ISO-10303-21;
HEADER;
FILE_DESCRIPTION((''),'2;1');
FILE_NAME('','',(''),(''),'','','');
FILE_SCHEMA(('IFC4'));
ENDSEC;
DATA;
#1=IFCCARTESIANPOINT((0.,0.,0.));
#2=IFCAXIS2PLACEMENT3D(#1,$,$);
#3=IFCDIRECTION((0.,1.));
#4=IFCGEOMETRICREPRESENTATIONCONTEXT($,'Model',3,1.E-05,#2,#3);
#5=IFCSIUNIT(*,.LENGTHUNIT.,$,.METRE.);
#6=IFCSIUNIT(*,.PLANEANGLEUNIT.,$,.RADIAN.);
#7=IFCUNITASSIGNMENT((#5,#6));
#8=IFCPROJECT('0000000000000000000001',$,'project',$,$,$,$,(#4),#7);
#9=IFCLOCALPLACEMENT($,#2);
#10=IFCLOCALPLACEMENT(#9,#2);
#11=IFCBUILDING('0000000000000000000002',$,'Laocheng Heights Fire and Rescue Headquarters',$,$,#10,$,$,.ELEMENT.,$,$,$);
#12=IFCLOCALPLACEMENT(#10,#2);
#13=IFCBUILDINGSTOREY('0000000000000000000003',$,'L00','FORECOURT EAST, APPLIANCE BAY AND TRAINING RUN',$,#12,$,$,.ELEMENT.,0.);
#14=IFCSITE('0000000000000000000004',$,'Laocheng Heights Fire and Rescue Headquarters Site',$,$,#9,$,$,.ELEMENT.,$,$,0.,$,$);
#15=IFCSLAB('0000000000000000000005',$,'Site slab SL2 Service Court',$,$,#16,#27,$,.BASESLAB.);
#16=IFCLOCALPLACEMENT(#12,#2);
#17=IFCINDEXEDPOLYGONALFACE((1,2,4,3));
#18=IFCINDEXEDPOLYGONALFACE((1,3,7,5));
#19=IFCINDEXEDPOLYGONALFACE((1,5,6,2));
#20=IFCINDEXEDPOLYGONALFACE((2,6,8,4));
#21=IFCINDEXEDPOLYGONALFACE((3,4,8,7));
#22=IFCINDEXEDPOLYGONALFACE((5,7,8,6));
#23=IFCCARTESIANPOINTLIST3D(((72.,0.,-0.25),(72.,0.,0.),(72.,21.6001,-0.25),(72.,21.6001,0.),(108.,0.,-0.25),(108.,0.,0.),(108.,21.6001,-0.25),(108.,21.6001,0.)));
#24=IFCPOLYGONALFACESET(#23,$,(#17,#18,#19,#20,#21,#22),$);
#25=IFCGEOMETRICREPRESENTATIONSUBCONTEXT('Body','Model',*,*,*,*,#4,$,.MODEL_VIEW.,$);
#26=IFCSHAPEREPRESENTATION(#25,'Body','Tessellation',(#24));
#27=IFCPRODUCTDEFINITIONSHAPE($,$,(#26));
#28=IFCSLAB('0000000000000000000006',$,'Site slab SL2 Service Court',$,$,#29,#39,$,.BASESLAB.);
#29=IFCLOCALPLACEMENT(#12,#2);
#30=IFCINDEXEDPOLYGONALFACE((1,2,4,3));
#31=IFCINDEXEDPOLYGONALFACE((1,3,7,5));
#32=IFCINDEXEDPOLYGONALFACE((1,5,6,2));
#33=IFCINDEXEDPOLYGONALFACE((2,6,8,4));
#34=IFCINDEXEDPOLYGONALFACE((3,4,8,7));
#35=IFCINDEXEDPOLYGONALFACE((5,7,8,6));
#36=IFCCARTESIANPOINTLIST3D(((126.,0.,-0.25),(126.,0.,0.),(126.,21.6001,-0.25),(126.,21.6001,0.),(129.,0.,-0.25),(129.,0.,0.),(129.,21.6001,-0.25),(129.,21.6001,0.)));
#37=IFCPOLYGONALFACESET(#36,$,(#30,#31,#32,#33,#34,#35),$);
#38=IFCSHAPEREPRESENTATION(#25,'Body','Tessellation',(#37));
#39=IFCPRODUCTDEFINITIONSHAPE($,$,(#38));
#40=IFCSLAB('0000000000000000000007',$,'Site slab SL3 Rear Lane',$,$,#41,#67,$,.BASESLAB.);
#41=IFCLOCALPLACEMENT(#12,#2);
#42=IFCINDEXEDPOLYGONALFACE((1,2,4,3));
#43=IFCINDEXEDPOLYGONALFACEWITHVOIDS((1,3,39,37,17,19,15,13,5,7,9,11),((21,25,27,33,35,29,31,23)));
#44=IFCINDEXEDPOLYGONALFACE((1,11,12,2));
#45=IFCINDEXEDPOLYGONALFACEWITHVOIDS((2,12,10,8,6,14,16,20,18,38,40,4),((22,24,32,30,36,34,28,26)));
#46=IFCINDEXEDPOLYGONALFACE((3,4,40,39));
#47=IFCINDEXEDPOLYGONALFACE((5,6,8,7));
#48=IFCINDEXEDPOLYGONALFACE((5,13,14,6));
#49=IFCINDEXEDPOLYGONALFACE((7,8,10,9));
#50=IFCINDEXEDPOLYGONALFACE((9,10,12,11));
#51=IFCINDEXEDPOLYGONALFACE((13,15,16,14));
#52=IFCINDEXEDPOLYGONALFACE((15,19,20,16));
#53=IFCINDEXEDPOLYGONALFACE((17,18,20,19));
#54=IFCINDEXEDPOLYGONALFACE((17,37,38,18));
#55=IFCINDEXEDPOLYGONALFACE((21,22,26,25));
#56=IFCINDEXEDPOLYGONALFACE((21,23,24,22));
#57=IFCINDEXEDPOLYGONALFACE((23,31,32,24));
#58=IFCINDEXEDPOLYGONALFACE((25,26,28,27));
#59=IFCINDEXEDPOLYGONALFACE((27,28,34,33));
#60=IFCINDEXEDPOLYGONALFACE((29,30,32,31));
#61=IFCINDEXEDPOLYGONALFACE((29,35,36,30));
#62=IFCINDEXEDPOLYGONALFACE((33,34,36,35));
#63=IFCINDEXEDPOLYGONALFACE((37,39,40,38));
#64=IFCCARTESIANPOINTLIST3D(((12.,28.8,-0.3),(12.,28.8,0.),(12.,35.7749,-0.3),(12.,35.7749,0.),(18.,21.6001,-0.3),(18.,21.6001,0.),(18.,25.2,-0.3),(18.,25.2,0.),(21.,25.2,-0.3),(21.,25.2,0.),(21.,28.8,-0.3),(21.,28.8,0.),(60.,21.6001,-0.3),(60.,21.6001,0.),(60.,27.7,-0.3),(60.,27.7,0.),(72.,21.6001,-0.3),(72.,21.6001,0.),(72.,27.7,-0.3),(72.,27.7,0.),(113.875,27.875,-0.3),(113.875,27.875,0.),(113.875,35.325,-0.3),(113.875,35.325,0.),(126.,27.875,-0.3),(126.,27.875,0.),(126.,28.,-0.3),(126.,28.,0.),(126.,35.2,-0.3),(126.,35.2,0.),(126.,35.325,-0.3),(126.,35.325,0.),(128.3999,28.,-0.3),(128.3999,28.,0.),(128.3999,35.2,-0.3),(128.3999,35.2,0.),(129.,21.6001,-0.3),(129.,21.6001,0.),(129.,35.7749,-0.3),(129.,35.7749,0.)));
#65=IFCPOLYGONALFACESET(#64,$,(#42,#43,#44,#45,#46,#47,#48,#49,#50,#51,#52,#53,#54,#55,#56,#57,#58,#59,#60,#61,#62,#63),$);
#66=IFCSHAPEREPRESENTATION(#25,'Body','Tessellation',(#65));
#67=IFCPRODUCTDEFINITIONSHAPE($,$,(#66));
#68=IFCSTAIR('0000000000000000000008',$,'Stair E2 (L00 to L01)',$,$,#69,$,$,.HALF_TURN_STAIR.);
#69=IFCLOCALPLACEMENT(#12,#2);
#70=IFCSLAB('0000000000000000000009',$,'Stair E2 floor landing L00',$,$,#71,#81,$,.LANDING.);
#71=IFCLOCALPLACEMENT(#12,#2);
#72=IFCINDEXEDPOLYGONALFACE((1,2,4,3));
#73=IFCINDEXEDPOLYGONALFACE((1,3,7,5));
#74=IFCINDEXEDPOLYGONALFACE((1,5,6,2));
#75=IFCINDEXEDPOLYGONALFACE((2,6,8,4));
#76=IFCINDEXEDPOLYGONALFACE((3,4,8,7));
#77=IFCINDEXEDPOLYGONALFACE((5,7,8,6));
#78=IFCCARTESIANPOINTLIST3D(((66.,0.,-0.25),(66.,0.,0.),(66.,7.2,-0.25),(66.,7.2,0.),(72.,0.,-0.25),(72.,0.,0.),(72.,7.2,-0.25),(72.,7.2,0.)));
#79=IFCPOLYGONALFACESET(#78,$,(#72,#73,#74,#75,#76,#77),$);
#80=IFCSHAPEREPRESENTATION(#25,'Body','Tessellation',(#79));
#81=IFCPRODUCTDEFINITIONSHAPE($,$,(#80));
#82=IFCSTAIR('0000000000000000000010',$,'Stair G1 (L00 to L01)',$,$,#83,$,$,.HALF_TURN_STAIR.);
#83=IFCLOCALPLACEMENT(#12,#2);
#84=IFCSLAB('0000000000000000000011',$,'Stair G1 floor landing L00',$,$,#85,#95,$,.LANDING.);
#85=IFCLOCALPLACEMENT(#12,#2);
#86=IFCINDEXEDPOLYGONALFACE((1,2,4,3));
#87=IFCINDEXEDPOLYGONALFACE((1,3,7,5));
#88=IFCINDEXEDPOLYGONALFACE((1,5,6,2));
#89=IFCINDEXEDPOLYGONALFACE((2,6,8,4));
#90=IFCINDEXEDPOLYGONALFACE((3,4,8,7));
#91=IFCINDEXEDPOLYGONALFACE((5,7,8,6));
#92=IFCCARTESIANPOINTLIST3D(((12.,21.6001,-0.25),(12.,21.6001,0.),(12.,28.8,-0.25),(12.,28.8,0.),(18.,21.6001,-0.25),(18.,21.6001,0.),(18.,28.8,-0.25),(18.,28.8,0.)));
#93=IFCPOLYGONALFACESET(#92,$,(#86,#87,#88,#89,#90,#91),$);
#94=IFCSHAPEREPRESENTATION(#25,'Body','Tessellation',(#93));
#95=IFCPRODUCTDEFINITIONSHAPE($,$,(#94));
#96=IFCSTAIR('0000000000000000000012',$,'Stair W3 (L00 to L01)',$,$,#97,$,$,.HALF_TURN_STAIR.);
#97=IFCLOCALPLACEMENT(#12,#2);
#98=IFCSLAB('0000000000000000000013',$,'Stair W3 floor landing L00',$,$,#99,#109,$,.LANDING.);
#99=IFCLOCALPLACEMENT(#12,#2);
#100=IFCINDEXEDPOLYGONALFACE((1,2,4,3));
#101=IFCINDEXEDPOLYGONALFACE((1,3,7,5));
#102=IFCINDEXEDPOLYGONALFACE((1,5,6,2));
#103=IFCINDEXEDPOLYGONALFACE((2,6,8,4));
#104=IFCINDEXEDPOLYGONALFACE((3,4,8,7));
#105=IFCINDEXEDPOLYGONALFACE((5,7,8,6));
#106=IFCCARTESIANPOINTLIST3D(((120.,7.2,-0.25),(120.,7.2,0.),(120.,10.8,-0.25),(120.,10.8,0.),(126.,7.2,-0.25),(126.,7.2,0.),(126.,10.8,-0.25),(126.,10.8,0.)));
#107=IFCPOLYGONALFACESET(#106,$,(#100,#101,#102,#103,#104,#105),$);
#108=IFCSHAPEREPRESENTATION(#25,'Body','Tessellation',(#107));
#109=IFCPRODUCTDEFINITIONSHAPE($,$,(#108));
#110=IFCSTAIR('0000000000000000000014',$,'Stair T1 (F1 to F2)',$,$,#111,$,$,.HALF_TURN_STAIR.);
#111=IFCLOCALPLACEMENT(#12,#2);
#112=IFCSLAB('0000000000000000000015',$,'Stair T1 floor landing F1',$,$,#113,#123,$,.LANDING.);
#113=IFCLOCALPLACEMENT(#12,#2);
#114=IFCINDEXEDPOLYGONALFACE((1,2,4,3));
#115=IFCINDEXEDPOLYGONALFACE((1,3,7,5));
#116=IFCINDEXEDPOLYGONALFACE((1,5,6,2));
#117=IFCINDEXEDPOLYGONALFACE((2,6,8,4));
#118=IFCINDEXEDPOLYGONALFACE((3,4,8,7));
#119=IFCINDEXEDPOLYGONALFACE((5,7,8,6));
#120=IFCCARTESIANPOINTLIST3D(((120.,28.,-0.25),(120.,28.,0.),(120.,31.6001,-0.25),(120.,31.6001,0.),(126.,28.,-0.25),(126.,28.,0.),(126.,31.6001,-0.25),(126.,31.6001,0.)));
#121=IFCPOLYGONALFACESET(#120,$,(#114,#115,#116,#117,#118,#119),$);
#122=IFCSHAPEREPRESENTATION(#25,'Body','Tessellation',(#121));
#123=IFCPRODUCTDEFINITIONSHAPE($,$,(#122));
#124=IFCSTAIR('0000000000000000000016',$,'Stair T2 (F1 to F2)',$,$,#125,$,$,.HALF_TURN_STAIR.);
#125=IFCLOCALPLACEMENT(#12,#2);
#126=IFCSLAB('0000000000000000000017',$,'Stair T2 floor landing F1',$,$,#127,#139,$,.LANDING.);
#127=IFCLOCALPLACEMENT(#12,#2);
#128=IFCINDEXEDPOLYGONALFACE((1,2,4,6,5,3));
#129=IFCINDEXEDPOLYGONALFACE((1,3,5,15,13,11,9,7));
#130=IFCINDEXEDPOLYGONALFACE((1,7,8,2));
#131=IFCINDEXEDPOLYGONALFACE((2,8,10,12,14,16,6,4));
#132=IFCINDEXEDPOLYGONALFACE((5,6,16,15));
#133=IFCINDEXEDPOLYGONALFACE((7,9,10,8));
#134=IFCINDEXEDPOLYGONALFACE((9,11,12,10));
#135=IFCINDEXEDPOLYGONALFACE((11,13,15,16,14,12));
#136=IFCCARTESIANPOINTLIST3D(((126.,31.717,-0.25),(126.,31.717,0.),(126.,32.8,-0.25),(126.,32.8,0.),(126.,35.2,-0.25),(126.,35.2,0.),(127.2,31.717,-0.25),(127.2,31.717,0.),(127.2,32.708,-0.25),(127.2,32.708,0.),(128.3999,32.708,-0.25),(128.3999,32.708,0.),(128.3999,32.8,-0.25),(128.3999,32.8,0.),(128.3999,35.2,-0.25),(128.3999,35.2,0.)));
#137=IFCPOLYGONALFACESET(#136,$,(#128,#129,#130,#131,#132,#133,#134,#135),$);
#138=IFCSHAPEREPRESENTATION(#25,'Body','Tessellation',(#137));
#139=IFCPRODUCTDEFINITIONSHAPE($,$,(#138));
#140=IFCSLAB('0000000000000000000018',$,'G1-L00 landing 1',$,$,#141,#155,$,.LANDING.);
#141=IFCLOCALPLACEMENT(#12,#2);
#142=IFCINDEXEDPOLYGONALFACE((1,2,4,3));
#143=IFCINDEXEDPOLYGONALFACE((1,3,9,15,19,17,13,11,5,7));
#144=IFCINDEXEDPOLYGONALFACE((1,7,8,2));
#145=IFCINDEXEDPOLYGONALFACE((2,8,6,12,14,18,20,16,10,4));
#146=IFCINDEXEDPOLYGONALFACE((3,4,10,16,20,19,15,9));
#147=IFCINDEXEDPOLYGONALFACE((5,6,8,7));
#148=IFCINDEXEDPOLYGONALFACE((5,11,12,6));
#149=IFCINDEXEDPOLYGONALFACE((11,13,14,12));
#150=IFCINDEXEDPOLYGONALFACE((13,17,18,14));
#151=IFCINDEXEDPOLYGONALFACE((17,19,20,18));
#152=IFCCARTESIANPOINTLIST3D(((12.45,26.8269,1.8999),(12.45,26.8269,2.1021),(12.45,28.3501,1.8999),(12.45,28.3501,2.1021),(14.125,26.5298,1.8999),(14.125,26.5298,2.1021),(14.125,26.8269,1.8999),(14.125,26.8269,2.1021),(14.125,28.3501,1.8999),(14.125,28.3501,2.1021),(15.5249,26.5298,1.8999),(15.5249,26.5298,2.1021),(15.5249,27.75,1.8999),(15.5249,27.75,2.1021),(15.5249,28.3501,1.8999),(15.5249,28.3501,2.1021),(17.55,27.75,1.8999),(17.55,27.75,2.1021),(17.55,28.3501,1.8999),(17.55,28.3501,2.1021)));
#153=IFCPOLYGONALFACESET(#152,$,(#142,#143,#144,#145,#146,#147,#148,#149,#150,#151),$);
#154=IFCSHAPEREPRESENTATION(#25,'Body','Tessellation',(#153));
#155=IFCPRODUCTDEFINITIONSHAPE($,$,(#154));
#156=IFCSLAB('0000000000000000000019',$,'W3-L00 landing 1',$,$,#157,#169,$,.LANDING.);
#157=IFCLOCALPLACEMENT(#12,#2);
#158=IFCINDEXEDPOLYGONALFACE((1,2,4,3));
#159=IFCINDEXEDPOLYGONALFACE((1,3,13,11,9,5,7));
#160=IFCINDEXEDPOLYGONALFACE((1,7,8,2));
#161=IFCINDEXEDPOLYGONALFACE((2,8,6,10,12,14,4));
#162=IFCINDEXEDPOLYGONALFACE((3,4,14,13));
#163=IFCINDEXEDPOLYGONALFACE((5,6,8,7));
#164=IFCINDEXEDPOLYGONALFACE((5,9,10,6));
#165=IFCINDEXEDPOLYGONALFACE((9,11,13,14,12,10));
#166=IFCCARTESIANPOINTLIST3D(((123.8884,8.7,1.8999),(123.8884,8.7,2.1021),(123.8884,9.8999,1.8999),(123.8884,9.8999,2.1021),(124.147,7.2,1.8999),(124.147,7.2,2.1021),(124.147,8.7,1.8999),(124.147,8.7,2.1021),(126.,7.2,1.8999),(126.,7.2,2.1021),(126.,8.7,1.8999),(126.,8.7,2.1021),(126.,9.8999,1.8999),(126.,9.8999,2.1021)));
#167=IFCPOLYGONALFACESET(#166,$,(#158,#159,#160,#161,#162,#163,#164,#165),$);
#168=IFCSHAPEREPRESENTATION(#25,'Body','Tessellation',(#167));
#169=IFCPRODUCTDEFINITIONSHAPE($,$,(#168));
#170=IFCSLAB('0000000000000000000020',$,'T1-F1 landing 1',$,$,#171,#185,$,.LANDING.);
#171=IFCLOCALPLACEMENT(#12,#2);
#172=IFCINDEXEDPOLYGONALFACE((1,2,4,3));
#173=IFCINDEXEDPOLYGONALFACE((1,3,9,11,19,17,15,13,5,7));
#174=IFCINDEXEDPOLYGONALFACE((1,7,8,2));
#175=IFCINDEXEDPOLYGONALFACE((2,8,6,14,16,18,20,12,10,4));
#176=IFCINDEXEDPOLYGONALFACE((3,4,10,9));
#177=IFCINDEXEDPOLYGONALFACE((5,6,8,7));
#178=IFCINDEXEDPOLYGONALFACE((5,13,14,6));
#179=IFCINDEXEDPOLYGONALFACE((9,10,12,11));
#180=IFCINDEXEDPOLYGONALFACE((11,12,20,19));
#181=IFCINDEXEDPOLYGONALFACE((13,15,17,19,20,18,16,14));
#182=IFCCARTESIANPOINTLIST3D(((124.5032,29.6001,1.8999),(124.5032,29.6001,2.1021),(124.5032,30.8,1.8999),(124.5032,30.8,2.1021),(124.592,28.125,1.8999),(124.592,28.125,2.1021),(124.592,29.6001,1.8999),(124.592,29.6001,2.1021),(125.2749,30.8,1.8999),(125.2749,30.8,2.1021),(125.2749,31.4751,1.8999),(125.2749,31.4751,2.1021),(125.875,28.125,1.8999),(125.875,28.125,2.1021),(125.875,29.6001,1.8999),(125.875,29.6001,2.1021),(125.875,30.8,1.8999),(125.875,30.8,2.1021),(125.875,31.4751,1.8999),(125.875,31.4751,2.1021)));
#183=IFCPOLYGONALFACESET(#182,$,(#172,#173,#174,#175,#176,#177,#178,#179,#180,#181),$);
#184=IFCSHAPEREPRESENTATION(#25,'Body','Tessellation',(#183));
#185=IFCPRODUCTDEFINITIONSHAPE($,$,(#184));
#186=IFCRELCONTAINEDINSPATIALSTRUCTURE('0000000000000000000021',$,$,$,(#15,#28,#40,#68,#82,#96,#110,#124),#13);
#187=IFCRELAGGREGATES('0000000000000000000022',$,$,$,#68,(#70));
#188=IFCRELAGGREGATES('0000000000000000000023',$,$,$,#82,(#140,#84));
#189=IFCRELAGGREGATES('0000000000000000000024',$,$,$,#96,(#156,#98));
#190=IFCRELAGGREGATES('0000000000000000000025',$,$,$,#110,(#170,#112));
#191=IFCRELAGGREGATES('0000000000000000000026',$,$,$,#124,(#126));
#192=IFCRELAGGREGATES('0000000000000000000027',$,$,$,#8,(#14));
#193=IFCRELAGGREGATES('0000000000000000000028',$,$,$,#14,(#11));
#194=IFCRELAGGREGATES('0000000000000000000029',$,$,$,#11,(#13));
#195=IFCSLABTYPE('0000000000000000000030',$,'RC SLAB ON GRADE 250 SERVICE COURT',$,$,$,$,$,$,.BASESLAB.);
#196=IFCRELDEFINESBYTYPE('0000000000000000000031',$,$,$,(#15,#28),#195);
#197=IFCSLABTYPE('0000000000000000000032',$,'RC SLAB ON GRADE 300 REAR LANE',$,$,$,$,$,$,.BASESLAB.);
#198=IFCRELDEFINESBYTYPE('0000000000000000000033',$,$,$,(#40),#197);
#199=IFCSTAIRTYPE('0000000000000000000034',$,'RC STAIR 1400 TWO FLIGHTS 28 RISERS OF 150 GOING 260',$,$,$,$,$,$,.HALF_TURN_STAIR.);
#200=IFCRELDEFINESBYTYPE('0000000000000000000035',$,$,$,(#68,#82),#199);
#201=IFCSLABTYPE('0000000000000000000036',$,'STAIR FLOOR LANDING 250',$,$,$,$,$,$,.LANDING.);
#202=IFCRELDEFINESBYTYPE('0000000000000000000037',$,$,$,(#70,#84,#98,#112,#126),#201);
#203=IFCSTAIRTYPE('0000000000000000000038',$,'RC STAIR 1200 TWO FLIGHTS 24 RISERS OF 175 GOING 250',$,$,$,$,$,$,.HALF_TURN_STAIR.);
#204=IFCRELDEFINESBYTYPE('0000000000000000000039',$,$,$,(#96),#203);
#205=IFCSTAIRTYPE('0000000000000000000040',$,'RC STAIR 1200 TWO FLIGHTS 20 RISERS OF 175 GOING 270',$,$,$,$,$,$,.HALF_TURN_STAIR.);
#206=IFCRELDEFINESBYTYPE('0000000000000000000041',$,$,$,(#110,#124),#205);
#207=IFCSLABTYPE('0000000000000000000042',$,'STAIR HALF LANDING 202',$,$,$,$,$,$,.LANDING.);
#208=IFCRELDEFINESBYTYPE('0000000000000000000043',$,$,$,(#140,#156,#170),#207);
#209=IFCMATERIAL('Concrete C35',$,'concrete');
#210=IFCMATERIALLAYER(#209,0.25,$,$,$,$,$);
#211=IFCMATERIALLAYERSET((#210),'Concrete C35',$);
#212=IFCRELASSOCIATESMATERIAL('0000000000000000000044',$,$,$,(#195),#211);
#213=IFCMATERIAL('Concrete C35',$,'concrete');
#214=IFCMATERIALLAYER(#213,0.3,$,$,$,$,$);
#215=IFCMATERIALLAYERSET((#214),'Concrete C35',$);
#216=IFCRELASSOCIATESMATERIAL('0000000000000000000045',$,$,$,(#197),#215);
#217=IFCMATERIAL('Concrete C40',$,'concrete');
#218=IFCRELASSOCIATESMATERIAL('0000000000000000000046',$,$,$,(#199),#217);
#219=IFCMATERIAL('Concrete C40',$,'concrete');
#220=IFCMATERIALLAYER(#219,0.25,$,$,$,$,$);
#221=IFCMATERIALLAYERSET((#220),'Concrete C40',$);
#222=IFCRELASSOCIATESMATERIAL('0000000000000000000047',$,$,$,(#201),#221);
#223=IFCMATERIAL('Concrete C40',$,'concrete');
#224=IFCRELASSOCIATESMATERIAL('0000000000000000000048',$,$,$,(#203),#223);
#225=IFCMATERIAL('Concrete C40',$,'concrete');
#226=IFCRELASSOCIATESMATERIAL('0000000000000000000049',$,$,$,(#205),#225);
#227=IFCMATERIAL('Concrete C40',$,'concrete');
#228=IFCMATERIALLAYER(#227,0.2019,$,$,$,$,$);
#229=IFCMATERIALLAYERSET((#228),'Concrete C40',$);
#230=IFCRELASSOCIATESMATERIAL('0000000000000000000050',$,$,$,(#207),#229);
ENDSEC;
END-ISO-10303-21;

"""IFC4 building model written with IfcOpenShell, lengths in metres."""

from ifc_helpers import new_model, si_unit, direction, frame, origin, place, context, subcontext, project, spatial, polyline, outline, extrude, material, layer, layer_set, type_object, element, aggregate, save


model = new_model("IFC4")

# Units and contexts
model_context = context("Model", 3, precision=1e-05, world=origin(), true_north=direction((0.0, 1.0)))
body_context = subcontext(model_context, "Body", "Model", "MODEL_VIEW")
ifc_project = project(units=[si_unit("LENGTHUNIT", "METRE"), si_unit("PLANEANGLEUNIT", "RADIAN")], contexts=[model_context])

# Site, building, storey
site_placement = place(None, origin())
site = spatial("IfcSite", under=ifc_project, at=site_placement, Name="Laocheng Heights Fire and Rescue Headquarters Site", CompositionType="ELEMENT", RefElevation=0.0)
building_placement = place(site_placement, origin())
building = spatial("IfcBuilding", under=site, at=building_placement, Name="Laocheng Heights Fire and Rescue Headquarters", CompositionType="ELEMENT")
storey_placement = place(building_placement, origin())
storey = spatial("IfcBuildingStorey", under=building, at=storey_placement, Name="L00", Description="FORECOURT EAST, APPLIANCE BAY AND TRAINING RUN", CompositionType="ELEMENT", Elevation=0.0)

# Slabs
ifc_material_1 = material(Name="Concrete C35", Category="concrete")
ifc_layer_1 = layer(ifc_material_1, 0.25)
ifc_layer_set_1 = layer_set([ifc_layer_1], Name="Concrete C35")
slab_type_1 = type_object("IfcSlabType", Name="RC SLAB ON GRADE 250 SERVICE COURT", PredefinedType="BASESLAB", material=ifc_layer_set_1)
slab_1_placement = place(storey_placement, frame((0.0, 0.0, -0.25)))
element("IfcSlab", 1, at=slab_1_placement, inside=storey, type_object=slab_type_1, Name="Site slab SL2 Service Court", PredefinedType="BASESLAB", context=body_context, shape_type="SweptSolid", body=[
    extrude(outline(polyline([(72.0, 21.6001), (72.0, 0.0), (108.0, 0.0), (108.0, 21.6001), (72.0, 21.6001)])), origin(), (0.0, 0.0, 1.0), 0.25),
])
slab_2_placement = place(storey_placement, frame((0.0, 0.0, -0.25)))
element("IfcSlab", 2, at=slab_2_placement, inside=storey, type_object=slab_type_1, Name="Site slab SL2 Service Court", PredefinedType="BASESLAB", context=body_context, shape_type="SweptSolid", body=[
    extrude(outline(polyline([(126.0, 21.6001), (126.0, 0.0), (129.0, 0.0), (129.0, 21.6001), (126.0, 21.6001)])), origin(), (0.0, 0.0, 1.0), 0.25),
])
ifc_material_2 = material(Name="Concrete C35", Category="concrete")
ifc_layer_2 = layer(ifc_material_2, 0.3)
ifc_layer_set_2 = layer_set([ifc_layer_2], Name="Concrete C35")
slab_type_2 = type_object("IfcSlabType", Name="RC SLAB ON GRADE 300 REAR LANE", PredefinedType="BASESLAB", material=ifc_layer_set_2)
slab_3_placement = place(storey_placement, frame((0.0, 0.0, -0.3)))
element("IfcSlab", 3, at=slab_3_placement, inside=storey, type_object=slab_type_2, Name="Site slab SL3 Rear Lane", PredefinedType="BASESLAB", context=body_context, shape_type="SweptSolid", body=[
    extrude(outline(polyline([(129.0, 21.6001), (129.0, 35.7749), (12.0, 35.7749), (12.0, 28.8), (21.0, 28.8), (21.0, 25.2), (18.0, 25.2), (18.0, 21.6001), (60.0, 21.6001), (60.0, 27.7), (72.0, 27.7), (72.0, 21.6001), (129.0, 21.6001)]), holes=[polyline([(126.0, 35.325), (126.0, 35.2), (128.3999, 35.2), (128.3999, 28.0), (126.0, 28.0), (126.0, 27.875), (113.875, 27.875), (113.875, 35.325), (126.0, 35.325)])]), origin(), (0.0, 0.0, 1.0), 0.3),
])

# Stairs, slabs
ifc_material_3 = material(Name="Concrete C40", Category="concrete")
stair_type_1 = type_object("IfcStairType", Name="RC STAIR 1400 TWO FLIGHTS 28 RISERS OF 150 GOING 260", PredefinedType="HALF_TURN_STAIR", material=ifc_material_3)
stair_1_placement = place(storey_placement, origin())
stair_1 = element("IfcStair", 4, at=stair_1_placement, inside=storey, type_object=stair_type_1, Name="Stair E2 (L00 to L01)", PredefinedType="HALF_TURN_STAIR")
ifc_material_4 = material(Name="Concrete C40", Category="concrete")
ifc_layer_3 = layer(ifc_material_4, 0.25)
ifc_layer_set_3 = layer_set([ifc_layer_3], Name="Concrete C40")
slab_type_3 = type_object("IfcSlabType", Name="STAIR FLOOR LANDING 250", PredefinedType="LANDING", material=ifc_layer_set_3)
slab_4_placement = place(storey_placement, frame((0.0, 0.0, -0.25)))
slab_4 = element("IfcSlab", 5, at=slab_4_placement, type_object=slab_type_3, Name="Stair E2 floor landing L00", PredefinedType="LANDING", context=body_context, shape_type="SweptSolid", body=[
    extrude(outline(polyline([(72.0, 0.0), (72.0, 7.2), (66.0, 7.2), (66.0, 0.0), (72.0, 0.0)])), origin(), (0.0, 0.0, 1.0), 0.25),
])
aggregate(stair_1, [slab_4])
stair_2_placement = place(storey_placement, origin())
stair_2 = element("IfcStair", 6, at=stair_2_placement, inside=storey, type_object=stair_type_1, Name="Stair G1 (L00 to L01)", PredefinedType="HALF_TURN_STAIR")
slab_5_placement = place(storey_placement, frame((0.0, 0.0, -0.25)))
slab_5 = element("IfcSlab", 7, at=slab_5_placement, type_object=slab_type_3, Name="Stair G1 floor landing L00", PredefinedType="LANDING", context=body_context, shape_type="SweptSolid", body=[
    extrude(outline(polyline([(18.0, 21.6001), (18.0, 28.8), (12.0, 28.8), (12.0, 21.6001), (18.0, 21.6001)])), origin(), (0.0, 0.0, 1.0), 0.25),
])
ifc_material_5 = material(Name="Concrete C40", Category="concrete")
stair_type_2 = type_object("IfcStairType", Name="RC STAIR 1200 TWO FLIGHTS 24 RISERS OF 175 GOING 250", PredefinedType="HALF_TURN_STAIR", material=ifc_material_5)
stair_3_placement = place(storey_placement, origin())
stair_3 = element("IfcStair", 8, at=stair_3_placement, inside=storey, type_object=stair_type_2, Name="Stair W3 (L00 to L01)", PredefinedType="HALF_TURN_STAIR")
slab_6_placement = place(storey_placement, frame((0.0, 0.0, -0.25)))
slab_6 = element("IfcSlab", 9, at=slab_6_placement, type_object=slab_type_3, Name="Stair W3 floor landing L00", PredefinedType="LANDING", context=body_context, shape_type="SweptSolid", body=[
    extrude(outline(polyline([(126.0, 7.2), (126.0, 10.8), (120.0, 10.8), (120.0, 7.2), (126.0, 7.2)])), origin(), (0.0, 0.0, 1.0), 0.25),
])
ifc_material_6 = material(Name="Concrete C40", Category="concrete")
stair_type_3 = type_object("IfcStairType", Name="RC STAIR 1200 TWO FLIGHTS 20 RISERS OF 175 GOING 270", PredefinedType="HALF_TURN_STAIR", material=ifc_material_6)
stair_4_placement = place(storey_placement, origin())
stair_4 = element("IfcStair", 10, at=stair_4_placement, inside=storey, type_object=stair_type_3, Name="Stair T1 (F1 to F2)", PredefinedType="HALF_TURN_STAIR")
slab_7_placement = place(storey_placement, frame((0.0, 0.0, -0.25)))
slab_7 = element("IfcSlab", 11, at=slab_7_placement, type_object=slab_type_3, Name="Stair T1 floor landing F1", PredefinedType="LANDING", context=body_context, shape_type="SweptSolid", body=[
    extrude(outline(polyline([(126.0, 28.0), (126.0, 31.6001), (120.0, 31.6001), (120.0, 28.0), (126.0, 28.0)])), origin(), (0.0, 0.0, 1.0), 0.25),
])
stair_5_placement = place(storey_placement, origin())
stair_5 = element("IfcStair", 12, at=stair_5_placement, inside=storey, type_object=stair_type_3, Name="Stair T2 (F1 to F2)", PredefinedType="HALF_TURN_STAIR")
slab_8_placement = place(storey_placement, frame((0.0, 0.0, -0.25)))
slab_8 = element("IfcSlab", 13, at=slab_8_placement, type_object=slab_type_3, Name="Stair T2 floor landing F1", PredefinedType="LANDING", context=body_context, shape_type="SweptSolid", body=[
    extrude(outline(polyline([(126.0, 31.717), (127.2, 31.717), (127.2, 32.708), (128.3999, 32.708), (128.3999, 32.8), (128.3999, 35.2), (126.0, 35.2), (126.0, 32.8), (126.0, 32.8), (126.0, 31.717)])), origin(), (0.0, 0.0, 1.0), 0.25),
])

# Slabs
ifc_material_7 = material(Name="Concrete C40", Category="concrete")
ifc_layer_4 = layer(ifc_material_7, 0.2019)
ifc_layer_set_4 = layer_set([ifc_layer_4], Name="Concrete C40")
slab_type_4 = type_object("IfcSlabType", Name="STAIR HALF LANDING 202", PredefinedType="LANDING", material=ifc_layer_set_4)
slab_9_placement = place(storey_placement, frame((0.0, 0.0, 1.8999)))
slab_9 = element("IfcSlab", 14, at=slab_9_placement, type_object=slab_type_4, Name="G1-L00 landing 1", PredefinedType="LANDING", context=body_context, shape_type="SweptSolid", body=[
    extrude(outline(polyline([(17.55, 27.75), (17.55, 28.3501), (15.5249, 28.3501), (14.125, 28.3501), (12.45, 28.3501), (12.45, 26.8269), (14.125, 26.8269), (14.125, 26.5298), (15.5249, 26.5298), (15.5249, 27.75), (17.55, 27.75)])), origin(), (0.0, 0.0, 1.0), 0.2021),
])
aggregate(stair_2, [slab_9, slab_5])
slab_10_placement = place(storey_placement, frame((0.0, 0.0, 1.8999)))
slab_10 = element("IfcSlab", 15, at=slab_10_placement, type_object=slab_type_4, Name="W3-L00 landing 1", PredefinedType="LANDING", context=body_context, shape_type="SweptSolid", body=[
    extrude(outline(polyline([(126.0, 7.2), (124.147, 7.2), (124.147, 8.7), (123.8884, 8.7), (123.8884, 9.8999), (126.0, 9.8999), (126.0, 8.7), (126.0, 7.2)])), origin(), (0.0, 0.0, 1.0), 0.2021),
])
aggregate(stair_3, [slab_10, slab_6])
slab_11_placement = place(storey_placement, frame((0.0, 0.0, 1.8999)))
slab_11 = element("IfcSlab", 16, at=slab_11_placement, type_object=slab_type_4, Name="T1-F1 landing 1", PredefinedType="LANDING", context=body_context, shape_type="SweptSolid", body=[
    extrude(outline(polyline([(125.2749, 31.4751), (125.875, 31.4751), (125.875, 30.8), (125.875, 29.6001), (125.875, 28.125), (124.592, 28.125), (124.592, 29.6001), (124.5032, 29.6001), (124.5032, 30.8), (125.2749, 30.8), (125.2749, 31.4751)])), origin(), (0.0, 0.0, 1.0), 0.2021),
])
aggregate(stair_4, [slab_11, slab_7])
aggregate(stair_5, [slab_8])

save(model, "model.ifc")
